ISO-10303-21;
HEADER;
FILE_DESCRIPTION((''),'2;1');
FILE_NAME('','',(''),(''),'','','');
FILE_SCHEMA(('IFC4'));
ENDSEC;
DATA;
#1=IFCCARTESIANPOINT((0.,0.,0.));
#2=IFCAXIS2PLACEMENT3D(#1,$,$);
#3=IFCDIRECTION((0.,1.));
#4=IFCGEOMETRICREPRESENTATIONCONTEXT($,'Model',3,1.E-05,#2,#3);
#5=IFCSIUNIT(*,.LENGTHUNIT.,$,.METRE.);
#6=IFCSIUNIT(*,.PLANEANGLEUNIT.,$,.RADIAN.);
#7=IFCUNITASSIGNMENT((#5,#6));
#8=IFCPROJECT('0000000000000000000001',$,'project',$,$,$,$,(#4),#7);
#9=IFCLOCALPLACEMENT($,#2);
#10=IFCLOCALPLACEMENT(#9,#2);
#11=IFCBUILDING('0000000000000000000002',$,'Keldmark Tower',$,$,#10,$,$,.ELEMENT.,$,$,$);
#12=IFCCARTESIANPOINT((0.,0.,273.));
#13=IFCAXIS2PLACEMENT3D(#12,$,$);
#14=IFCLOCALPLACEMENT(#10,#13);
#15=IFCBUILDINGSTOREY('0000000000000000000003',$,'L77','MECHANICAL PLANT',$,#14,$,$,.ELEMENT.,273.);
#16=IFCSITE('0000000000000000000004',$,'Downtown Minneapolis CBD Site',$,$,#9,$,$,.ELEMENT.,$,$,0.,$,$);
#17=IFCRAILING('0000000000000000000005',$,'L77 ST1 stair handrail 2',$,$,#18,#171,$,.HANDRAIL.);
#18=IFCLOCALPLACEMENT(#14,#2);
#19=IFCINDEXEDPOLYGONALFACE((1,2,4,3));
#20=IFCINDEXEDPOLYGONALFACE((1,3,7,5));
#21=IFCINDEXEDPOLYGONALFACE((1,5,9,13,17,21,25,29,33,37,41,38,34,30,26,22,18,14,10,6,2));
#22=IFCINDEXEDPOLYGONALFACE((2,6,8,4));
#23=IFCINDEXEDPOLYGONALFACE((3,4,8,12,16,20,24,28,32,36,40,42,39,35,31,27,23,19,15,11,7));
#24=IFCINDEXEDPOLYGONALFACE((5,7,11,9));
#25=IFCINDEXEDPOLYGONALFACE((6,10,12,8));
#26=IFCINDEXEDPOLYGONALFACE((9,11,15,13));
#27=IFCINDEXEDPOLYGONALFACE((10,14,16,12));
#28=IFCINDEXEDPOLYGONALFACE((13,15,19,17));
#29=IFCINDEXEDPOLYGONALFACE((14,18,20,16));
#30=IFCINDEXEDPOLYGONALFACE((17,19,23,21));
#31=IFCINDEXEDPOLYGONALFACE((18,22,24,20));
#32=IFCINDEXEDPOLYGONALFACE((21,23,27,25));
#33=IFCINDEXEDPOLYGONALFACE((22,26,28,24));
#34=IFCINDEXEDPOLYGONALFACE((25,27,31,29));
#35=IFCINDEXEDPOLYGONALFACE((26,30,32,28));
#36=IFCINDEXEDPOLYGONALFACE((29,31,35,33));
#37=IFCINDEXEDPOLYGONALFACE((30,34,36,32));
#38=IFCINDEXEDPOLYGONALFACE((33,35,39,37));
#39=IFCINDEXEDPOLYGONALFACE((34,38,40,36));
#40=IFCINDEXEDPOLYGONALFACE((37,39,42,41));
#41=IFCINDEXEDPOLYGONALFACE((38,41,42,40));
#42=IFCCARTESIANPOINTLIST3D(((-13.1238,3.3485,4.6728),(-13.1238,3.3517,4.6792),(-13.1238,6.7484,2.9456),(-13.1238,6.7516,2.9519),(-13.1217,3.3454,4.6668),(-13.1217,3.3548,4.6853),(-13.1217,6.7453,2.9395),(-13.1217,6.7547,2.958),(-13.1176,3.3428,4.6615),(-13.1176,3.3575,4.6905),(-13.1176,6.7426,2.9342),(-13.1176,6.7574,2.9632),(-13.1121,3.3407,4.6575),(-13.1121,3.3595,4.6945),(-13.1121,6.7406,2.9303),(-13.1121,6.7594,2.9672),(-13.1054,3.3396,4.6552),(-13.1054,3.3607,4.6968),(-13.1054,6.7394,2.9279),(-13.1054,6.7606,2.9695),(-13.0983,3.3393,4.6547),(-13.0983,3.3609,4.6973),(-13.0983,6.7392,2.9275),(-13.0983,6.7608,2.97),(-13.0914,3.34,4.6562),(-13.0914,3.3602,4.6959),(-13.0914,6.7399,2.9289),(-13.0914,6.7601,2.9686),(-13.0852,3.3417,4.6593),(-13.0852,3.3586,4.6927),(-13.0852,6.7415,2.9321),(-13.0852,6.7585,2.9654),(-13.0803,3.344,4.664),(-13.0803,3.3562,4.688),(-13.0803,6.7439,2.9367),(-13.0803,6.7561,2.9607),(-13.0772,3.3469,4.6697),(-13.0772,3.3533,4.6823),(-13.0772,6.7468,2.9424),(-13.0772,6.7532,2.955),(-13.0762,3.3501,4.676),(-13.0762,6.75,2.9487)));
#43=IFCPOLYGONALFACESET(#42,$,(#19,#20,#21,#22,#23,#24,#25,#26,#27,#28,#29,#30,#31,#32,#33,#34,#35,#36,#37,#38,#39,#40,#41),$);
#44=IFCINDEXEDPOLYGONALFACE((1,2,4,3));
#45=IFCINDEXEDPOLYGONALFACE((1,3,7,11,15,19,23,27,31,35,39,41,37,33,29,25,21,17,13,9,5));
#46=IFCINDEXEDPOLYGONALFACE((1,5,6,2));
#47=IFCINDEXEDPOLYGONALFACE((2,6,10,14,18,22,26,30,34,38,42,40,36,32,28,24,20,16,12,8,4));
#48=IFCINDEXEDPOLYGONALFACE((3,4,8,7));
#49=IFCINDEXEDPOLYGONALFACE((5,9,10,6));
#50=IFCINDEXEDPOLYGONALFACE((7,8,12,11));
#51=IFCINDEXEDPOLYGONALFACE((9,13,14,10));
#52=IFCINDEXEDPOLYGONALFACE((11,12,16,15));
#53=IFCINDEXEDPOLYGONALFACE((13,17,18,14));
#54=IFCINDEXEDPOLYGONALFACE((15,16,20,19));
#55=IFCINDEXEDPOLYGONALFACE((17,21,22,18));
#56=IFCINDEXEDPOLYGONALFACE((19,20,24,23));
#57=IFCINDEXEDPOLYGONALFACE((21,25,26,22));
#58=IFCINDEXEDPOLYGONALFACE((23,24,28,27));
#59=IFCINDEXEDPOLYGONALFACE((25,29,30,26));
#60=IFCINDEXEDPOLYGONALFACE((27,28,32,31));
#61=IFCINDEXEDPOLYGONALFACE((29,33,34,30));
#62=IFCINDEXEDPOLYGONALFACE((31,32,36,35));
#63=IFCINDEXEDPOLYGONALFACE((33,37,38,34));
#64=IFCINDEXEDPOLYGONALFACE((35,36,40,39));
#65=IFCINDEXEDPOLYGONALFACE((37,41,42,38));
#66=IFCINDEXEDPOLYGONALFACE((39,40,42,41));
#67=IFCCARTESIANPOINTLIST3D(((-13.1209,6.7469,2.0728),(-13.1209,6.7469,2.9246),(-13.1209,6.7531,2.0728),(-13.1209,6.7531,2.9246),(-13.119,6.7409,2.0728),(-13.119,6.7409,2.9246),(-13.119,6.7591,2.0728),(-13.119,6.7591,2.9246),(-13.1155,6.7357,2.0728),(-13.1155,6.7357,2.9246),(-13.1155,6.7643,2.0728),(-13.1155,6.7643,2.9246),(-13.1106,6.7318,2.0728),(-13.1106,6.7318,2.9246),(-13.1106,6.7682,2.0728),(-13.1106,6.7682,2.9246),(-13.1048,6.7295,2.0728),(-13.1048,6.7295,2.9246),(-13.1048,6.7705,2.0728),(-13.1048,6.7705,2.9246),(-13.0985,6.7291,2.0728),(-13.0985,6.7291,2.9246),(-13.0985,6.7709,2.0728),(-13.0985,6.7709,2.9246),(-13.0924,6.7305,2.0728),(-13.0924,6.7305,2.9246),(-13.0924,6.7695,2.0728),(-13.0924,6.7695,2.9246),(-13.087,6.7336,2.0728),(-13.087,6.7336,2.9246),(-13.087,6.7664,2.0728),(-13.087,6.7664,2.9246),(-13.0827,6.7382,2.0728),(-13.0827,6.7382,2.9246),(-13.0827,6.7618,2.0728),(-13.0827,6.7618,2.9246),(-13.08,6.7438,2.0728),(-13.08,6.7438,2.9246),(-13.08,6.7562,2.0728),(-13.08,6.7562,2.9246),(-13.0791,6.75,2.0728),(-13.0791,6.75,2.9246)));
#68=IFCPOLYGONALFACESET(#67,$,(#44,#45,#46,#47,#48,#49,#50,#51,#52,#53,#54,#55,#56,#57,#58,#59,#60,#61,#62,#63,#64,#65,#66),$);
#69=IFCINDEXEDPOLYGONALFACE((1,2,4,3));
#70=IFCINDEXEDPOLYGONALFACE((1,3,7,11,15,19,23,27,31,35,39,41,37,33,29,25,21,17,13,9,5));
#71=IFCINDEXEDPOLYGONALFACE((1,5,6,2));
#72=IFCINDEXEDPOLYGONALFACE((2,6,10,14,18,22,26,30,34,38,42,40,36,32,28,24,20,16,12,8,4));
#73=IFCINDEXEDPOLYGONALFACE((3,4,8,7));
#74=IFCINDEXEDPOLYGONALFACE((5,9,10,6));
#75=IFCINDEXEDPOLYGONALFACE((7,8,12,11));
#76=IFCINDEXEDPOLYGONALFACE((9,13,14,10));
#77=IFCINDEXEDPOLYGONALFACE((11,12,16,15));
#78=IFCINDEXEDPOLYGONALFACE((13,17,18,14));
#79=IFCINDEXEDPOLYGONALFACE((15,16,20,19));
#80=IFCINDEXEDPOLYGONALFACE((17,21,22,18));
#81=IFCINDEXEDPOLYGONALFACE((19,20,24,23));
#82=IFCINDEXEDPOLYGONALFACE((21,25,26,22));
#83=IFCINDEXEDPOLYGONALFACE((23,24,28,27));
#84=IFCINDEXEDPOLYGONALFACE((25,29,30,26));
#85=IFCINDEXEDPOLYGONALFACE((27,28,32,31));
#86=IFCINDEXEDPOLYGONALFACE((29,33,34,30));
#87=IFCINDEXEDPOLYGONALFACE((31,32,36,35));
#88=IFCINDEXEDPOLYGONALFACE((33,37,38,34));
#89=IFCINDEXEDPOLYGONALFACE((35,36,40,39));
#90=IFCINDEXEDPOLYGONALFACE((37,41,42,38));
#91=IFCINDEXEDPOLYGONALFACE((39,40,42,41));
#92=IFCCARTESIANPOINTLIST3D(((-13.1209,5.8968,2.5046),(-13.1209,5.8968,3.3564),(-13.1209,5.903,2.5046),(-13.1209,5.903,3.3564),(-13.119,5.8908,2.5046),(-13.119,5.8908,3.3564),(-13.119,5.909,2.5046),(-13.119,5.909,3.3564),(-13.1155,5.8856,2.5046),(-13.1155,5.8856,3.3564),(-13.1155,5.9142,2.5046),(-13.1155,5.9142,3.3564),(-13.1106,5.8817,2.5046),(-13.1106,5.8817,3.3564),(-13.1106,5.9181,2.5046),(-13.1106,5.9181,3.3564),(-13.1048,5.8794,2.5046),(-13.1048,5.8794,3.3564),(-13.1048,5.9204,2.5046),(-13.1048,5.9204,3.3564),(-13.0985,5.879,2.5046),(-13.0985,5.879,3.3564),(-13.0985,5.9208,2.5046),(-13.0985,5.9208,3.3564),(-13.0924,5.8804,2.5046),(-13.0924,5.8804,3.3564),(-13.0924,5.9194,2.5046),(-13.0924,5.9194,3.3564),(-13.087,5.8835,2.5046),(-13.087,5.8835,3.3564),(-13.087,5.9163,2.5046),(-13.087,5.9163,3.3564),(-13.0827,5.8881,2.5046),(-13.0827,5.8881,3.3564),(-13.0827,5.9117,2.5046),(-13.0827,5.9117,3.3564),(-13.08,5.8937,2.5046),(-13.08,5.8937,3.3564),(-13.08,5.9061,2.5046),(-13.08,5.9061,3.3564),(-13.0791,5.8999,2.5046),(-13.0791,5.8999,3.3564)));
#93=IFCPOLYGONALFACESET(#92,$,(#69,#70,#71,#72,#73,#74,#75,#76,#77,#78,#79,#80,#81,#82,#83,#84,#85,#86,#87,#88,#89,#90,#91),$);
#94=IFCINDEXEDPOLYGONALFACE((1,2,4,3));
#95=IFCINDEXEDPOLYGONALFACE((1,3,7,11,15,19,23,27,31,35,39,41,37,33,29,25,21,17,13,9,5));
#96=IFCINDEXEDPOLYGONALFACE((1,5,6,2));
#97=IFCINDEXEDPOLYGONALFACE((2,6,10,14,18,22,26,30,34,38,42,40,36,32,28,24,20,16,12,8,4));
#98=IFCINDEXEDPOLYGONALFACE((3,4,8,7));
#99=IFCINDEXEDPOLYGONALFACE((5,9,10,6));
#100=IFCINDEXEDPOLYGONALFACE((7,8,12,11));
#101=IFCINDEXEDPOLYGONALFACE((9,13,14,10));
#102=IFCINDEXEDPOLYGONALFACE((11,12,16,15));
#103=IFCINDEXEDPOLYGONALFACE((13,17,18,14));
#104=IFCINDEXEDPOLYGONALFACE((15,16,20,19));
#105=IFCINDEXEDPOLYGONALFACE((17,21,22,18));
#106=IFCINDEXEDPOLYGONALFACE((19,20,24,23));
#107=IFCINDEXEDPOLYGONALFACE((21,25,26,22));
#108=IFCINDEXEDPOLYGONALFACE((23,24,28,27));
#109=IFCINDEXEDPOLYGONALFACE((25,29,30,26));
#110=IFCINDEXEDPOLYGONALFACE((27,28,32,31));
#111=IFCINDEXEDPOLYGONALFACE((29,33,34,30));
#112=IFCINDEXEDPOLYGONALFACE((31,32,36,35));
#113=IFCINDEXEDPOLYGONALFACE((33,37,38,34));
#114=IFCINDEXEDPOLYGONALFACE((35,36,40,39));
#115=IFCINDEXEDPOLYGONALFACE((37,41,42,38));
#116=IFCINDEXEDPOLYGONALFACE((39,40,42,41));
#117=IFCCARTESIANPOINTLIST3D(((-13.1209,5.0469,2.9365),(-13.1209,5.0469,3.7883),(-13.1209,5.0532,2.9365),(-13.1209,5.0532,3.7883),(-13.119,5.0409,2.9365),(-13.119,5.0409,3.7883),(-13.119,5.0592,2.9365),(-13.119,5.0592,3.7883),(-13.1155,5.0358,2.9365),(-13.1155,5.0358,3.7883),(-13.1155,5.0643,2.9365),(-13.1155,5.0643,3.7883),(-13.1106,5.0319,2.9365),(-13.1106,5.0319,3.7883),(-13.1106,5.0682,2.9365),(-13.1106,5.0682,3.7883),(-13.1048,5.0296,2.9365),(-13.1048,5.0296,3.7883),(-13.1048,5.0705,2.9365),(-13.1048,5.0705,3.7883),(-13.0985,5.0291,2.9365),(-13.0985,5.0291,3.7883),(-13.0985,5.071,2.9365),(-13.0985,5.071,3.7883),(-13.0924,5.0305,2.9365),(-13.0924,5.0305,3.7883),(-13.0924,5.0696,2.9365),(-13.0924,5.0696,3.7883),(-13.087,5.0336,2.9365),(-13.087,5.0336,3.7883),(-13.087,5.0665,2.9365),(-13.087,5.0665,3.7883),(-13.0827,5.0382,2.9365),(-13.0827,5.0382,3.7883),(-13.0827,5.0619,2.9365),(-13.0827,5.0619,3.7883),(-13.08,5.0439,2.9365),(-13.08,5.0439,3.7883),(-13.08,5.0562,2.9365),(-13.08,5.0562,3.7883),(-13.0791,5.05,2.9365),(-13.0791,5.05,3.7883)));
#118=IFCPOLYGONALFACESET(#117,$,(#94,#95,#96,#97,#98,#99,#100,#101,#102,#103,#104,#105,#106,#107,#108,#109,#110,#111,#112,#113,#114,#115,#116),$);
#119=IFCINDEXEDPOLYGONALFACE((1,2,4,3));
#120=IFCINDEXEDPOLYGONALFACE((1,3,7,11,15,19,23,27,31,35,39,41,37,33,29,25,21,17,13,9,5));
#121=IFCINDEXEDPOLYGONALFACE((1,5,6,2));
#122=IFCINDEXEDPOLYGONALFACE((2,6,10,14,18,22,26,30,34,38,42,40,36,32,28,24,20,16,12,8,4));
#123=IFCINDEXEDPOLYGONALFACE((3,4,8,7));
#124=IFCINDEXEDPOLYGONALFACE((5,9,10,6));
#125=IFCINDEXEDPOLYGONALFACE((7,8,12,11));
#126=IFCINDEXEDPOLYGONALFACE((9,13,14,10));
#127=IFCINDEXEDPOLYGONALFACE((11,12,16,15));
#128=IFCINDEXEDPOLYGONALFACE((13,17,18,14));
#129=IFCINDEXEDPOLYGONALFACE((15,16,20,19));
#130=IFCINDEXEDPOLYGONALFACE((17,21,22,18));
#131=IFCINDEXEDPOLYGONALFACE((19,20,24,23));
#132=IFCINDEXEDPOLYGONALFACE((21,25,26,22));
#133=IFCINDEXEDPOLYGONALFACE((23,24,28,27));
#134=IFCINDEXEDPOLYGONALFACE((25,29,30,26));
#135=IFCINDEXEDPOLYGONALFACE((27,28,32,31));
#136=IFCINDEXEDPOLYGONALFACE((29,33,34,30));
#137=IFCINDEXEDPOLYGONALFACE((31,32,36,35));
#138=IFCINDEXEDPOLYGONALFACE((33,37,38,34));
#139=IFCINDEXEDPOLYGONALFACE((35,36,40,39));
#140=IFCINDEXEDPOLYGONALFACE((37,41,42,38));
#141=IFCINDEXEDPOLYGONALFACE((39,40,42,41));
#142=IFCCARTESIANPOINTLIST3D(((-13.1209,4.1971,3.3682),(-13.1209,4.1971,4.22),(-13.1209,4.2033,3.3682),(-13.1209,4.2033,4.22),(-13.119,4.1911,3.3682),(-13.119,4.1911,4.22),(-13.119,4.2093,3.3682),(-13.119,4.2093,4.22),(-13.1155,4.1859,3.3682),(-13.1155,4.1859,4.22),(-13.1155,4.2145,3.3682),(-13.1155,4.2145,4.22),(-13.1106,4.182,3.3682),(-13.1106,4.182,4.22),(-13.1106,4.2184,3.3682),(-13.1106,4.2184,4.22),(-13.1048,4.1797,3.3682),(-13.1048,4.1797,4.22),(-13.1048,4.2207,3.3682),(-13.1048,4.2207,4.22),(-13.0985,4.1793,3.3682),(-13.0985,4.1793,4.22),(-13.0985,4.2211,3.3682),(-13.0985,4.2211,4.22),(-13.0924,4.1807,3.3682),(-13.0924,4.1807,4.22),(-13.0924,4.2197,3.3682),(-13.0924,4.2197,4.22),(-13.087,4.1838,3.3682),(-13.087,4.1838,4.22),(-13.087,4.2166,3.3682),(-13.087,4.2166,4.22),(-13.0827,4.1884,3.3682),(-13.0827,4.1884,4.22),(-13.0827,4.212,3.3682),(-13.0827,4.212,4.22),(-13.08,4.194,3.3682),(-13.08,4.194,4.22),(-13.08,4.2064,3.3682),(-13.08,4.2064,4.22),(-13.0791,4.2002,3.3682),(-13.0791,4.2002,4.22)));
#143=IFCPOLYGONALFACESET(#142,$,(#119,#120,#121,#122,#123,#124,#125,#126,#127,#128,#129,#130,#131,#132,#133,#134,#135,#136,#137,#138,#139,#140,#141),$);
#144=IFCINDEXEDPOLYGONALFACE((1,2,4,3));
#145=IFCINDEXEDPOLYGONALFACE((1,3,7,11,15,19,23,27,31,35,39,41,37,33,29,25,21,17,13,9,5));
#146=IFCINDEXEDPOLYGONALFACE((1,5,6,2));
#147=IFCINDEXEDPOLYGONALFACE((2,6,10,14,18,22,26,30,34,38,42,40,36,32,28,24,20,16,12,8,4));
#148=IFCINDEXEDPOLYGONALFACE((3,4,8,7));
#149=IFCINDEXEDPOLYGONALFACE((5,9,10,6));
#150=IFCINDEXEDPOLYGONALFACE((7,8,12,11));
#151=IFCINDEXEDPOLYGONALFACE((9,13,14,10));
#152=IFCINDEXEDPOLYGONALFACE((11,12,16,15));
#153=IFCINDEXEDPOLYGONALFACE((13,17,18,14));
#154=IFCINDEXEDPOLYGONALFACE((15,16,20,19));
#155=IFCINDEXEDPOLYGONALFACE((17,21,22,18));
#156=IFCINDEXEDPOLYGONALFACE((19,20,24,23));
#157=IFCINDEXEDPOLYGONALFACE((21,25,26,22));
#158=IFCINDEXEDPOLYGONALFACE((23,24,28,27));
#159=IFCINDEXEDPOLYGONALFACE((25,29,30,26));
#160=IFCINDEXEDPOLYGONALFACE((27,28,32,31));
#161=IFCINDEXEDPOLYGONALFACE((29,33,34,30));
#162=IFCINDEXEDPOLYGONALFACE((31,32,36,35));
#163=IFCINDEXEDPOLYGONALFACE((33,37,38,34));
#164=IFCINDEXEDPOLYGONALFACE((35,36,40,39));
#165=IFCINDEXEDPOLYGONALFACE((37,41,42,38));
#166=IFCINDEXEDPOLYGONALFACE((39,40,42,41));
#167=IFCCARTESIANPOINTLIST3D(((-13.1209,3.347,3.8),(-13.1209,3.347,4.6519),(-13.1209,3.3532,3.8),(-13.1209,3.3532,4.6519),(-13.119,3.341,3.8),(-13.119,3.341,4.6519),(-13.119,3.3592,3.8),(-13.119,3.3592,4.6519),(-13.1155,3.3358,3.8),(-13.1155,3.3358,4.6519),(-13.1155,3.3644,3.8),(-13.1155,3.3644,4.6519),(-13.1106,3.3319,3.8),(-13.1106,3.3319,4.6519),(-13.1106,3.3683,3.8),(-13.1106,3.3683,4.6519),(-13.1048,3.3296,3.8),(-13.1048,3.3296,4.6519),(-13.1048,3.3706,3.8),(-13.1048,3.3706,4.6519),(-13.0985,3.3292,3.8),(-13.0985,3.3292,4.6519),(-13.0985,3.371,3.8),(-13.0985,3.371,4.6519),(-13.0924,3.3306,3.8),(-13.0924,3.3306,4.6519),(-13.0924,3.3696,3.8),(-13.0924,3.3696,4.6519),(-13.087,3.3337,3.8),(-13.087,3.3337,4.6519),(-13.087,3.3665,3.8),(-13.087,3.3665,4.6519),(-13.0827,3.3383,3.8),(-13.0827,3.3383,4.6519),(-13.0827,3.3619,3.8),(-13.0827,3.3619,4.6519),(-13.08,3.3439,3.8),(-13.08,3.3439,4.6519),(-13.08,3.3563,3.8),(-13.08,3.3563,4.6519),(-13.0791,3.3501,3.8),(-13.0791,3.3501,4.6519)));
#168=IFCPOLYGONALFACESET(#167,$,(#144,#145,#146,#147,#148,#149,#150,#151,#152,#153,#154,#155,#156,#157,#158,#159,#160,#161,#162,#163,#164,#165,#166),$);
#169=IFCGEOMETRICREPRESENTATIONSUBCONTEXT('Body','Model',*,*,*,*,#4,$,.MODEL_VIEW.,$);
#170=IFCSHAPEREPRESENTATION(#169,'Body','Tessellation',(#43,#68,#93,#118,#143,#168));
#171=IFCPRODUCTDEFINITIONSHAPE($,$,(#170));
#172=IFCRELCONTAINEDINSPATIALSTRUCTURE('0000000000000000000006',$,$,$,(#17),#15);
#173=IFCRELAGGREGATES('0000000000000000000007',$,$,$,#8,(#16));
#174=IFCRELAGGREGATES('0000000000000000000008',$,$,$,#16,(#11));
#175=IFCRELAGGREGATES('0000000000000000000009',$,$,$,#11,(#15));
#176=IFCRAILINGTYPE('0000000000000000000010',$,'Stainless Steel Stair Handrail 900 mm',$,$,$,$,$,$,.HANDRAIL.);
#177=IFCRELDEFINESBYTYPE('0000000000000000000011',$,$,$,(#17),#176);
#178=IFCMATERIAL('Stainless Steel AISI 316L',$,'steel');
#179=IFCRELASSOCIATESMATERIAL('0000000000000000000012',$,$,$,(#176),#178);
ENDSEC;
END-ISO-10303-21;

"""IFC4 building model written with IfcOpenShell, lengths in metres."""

from ifc_helpers import new_model, si_unit, direction, frame, origin, origin_2d, place, context, subcontext, project, spatial, circle, extrude, material, type_object, element, save


model = new_model("IFC4")

# Units and contexts
model_context = context("Model", 3, precision=1e-05, world=origin(), true_north=direction((0.0, 1.0)))
body_context = subcontext(model_context, "Body", "Model", "MODEL_VIEW")
ifc_project = project(units=[si_unit("LENGTHUNIT", "METRE"), si_unit("PLANEANGLEUNIT", "RADIAN")], contexts=[model_context])

# Site, building, storey
site_placement = place(None, origin())
site = spatial("IfcSite", under=ifc_project, at=site_placement, Name="Downtown Minneapolis CBD Site", CompositionType="ELEMENT", RefElevation=0.0)
building_placement = place(site_placement, origin())
building = spatial("IfcBuilding", under=site, at=building_placement, Name="Keldmark Tower", CompositionType="ELEMENT")
storey_placement = place(building_placement, frame((0.0, 0.0, 273.0)))
storey = spatial("IfcBuildingStorey", under=building, at=storey_placement, Name="L77", Description="MECHANICAL PLANT", CompositionType="ELEMENT", Elevation=273.0)

# Railing
ifc_material_1 = material(Name="Stainless Steel AISI 316L", Category="steel")
railing_type_1 = type_object("IfcRailingType", Name="Stainless Steel Stair Handrail 900 mm", PredefinedType="HANDRAIL", material=ifc_material_1)
railing_1_placement = place(storey_placement, frame((-13.1001, 6.75, 2.0728)))
element("IfcRailing", 1, at=railing_1_placement, inside=storey, type_object=railing_type_1, Name="L77 ST1 stair handrail 2", PredefinedType="HANDRAIL", context=body_context, shape_type="SweptSolid", body=[
    extrude(circle(Radius=0.0239, at=origin_2d()), frame((0.0, 0.0, 0.876), z_axis=(0.0, -0.891541, 0.452941), x_axis=(1.0, 0.0, 0.0)), (0.0, 0.0, 1.0), 3.8135),
    extrude(circle(Radius=0.021, at=origin_2d()), origin(), (0.0, 0.0, 1.0), 0.8518),
    extrude(circle(Radius=0.021, at=origin_2d()), frame((0.0, -0.8501, 0.4319)), (0.0, 0.0, 1.0), 0.8518),
    extrude(circle(Radius=0.021, at=origin_2d()), frame((0.0, -1.7, 0.8638)), (0.0, 0.0, 1.0), 0.8518),
    extrude(circle(Radius=0.021, at=origin_2d()), frame((0.0, -2.5498, 1.2954)), (0.0, 0.0, 1.0), 0.8518),
    extrude(circle(Radius=0.021, at=origin_2d()), frame((0.0, -3.3999, 1.7273)), (0.0, 0.0, 1.0), 0.8518),
])

save(model, "model.ifc")
